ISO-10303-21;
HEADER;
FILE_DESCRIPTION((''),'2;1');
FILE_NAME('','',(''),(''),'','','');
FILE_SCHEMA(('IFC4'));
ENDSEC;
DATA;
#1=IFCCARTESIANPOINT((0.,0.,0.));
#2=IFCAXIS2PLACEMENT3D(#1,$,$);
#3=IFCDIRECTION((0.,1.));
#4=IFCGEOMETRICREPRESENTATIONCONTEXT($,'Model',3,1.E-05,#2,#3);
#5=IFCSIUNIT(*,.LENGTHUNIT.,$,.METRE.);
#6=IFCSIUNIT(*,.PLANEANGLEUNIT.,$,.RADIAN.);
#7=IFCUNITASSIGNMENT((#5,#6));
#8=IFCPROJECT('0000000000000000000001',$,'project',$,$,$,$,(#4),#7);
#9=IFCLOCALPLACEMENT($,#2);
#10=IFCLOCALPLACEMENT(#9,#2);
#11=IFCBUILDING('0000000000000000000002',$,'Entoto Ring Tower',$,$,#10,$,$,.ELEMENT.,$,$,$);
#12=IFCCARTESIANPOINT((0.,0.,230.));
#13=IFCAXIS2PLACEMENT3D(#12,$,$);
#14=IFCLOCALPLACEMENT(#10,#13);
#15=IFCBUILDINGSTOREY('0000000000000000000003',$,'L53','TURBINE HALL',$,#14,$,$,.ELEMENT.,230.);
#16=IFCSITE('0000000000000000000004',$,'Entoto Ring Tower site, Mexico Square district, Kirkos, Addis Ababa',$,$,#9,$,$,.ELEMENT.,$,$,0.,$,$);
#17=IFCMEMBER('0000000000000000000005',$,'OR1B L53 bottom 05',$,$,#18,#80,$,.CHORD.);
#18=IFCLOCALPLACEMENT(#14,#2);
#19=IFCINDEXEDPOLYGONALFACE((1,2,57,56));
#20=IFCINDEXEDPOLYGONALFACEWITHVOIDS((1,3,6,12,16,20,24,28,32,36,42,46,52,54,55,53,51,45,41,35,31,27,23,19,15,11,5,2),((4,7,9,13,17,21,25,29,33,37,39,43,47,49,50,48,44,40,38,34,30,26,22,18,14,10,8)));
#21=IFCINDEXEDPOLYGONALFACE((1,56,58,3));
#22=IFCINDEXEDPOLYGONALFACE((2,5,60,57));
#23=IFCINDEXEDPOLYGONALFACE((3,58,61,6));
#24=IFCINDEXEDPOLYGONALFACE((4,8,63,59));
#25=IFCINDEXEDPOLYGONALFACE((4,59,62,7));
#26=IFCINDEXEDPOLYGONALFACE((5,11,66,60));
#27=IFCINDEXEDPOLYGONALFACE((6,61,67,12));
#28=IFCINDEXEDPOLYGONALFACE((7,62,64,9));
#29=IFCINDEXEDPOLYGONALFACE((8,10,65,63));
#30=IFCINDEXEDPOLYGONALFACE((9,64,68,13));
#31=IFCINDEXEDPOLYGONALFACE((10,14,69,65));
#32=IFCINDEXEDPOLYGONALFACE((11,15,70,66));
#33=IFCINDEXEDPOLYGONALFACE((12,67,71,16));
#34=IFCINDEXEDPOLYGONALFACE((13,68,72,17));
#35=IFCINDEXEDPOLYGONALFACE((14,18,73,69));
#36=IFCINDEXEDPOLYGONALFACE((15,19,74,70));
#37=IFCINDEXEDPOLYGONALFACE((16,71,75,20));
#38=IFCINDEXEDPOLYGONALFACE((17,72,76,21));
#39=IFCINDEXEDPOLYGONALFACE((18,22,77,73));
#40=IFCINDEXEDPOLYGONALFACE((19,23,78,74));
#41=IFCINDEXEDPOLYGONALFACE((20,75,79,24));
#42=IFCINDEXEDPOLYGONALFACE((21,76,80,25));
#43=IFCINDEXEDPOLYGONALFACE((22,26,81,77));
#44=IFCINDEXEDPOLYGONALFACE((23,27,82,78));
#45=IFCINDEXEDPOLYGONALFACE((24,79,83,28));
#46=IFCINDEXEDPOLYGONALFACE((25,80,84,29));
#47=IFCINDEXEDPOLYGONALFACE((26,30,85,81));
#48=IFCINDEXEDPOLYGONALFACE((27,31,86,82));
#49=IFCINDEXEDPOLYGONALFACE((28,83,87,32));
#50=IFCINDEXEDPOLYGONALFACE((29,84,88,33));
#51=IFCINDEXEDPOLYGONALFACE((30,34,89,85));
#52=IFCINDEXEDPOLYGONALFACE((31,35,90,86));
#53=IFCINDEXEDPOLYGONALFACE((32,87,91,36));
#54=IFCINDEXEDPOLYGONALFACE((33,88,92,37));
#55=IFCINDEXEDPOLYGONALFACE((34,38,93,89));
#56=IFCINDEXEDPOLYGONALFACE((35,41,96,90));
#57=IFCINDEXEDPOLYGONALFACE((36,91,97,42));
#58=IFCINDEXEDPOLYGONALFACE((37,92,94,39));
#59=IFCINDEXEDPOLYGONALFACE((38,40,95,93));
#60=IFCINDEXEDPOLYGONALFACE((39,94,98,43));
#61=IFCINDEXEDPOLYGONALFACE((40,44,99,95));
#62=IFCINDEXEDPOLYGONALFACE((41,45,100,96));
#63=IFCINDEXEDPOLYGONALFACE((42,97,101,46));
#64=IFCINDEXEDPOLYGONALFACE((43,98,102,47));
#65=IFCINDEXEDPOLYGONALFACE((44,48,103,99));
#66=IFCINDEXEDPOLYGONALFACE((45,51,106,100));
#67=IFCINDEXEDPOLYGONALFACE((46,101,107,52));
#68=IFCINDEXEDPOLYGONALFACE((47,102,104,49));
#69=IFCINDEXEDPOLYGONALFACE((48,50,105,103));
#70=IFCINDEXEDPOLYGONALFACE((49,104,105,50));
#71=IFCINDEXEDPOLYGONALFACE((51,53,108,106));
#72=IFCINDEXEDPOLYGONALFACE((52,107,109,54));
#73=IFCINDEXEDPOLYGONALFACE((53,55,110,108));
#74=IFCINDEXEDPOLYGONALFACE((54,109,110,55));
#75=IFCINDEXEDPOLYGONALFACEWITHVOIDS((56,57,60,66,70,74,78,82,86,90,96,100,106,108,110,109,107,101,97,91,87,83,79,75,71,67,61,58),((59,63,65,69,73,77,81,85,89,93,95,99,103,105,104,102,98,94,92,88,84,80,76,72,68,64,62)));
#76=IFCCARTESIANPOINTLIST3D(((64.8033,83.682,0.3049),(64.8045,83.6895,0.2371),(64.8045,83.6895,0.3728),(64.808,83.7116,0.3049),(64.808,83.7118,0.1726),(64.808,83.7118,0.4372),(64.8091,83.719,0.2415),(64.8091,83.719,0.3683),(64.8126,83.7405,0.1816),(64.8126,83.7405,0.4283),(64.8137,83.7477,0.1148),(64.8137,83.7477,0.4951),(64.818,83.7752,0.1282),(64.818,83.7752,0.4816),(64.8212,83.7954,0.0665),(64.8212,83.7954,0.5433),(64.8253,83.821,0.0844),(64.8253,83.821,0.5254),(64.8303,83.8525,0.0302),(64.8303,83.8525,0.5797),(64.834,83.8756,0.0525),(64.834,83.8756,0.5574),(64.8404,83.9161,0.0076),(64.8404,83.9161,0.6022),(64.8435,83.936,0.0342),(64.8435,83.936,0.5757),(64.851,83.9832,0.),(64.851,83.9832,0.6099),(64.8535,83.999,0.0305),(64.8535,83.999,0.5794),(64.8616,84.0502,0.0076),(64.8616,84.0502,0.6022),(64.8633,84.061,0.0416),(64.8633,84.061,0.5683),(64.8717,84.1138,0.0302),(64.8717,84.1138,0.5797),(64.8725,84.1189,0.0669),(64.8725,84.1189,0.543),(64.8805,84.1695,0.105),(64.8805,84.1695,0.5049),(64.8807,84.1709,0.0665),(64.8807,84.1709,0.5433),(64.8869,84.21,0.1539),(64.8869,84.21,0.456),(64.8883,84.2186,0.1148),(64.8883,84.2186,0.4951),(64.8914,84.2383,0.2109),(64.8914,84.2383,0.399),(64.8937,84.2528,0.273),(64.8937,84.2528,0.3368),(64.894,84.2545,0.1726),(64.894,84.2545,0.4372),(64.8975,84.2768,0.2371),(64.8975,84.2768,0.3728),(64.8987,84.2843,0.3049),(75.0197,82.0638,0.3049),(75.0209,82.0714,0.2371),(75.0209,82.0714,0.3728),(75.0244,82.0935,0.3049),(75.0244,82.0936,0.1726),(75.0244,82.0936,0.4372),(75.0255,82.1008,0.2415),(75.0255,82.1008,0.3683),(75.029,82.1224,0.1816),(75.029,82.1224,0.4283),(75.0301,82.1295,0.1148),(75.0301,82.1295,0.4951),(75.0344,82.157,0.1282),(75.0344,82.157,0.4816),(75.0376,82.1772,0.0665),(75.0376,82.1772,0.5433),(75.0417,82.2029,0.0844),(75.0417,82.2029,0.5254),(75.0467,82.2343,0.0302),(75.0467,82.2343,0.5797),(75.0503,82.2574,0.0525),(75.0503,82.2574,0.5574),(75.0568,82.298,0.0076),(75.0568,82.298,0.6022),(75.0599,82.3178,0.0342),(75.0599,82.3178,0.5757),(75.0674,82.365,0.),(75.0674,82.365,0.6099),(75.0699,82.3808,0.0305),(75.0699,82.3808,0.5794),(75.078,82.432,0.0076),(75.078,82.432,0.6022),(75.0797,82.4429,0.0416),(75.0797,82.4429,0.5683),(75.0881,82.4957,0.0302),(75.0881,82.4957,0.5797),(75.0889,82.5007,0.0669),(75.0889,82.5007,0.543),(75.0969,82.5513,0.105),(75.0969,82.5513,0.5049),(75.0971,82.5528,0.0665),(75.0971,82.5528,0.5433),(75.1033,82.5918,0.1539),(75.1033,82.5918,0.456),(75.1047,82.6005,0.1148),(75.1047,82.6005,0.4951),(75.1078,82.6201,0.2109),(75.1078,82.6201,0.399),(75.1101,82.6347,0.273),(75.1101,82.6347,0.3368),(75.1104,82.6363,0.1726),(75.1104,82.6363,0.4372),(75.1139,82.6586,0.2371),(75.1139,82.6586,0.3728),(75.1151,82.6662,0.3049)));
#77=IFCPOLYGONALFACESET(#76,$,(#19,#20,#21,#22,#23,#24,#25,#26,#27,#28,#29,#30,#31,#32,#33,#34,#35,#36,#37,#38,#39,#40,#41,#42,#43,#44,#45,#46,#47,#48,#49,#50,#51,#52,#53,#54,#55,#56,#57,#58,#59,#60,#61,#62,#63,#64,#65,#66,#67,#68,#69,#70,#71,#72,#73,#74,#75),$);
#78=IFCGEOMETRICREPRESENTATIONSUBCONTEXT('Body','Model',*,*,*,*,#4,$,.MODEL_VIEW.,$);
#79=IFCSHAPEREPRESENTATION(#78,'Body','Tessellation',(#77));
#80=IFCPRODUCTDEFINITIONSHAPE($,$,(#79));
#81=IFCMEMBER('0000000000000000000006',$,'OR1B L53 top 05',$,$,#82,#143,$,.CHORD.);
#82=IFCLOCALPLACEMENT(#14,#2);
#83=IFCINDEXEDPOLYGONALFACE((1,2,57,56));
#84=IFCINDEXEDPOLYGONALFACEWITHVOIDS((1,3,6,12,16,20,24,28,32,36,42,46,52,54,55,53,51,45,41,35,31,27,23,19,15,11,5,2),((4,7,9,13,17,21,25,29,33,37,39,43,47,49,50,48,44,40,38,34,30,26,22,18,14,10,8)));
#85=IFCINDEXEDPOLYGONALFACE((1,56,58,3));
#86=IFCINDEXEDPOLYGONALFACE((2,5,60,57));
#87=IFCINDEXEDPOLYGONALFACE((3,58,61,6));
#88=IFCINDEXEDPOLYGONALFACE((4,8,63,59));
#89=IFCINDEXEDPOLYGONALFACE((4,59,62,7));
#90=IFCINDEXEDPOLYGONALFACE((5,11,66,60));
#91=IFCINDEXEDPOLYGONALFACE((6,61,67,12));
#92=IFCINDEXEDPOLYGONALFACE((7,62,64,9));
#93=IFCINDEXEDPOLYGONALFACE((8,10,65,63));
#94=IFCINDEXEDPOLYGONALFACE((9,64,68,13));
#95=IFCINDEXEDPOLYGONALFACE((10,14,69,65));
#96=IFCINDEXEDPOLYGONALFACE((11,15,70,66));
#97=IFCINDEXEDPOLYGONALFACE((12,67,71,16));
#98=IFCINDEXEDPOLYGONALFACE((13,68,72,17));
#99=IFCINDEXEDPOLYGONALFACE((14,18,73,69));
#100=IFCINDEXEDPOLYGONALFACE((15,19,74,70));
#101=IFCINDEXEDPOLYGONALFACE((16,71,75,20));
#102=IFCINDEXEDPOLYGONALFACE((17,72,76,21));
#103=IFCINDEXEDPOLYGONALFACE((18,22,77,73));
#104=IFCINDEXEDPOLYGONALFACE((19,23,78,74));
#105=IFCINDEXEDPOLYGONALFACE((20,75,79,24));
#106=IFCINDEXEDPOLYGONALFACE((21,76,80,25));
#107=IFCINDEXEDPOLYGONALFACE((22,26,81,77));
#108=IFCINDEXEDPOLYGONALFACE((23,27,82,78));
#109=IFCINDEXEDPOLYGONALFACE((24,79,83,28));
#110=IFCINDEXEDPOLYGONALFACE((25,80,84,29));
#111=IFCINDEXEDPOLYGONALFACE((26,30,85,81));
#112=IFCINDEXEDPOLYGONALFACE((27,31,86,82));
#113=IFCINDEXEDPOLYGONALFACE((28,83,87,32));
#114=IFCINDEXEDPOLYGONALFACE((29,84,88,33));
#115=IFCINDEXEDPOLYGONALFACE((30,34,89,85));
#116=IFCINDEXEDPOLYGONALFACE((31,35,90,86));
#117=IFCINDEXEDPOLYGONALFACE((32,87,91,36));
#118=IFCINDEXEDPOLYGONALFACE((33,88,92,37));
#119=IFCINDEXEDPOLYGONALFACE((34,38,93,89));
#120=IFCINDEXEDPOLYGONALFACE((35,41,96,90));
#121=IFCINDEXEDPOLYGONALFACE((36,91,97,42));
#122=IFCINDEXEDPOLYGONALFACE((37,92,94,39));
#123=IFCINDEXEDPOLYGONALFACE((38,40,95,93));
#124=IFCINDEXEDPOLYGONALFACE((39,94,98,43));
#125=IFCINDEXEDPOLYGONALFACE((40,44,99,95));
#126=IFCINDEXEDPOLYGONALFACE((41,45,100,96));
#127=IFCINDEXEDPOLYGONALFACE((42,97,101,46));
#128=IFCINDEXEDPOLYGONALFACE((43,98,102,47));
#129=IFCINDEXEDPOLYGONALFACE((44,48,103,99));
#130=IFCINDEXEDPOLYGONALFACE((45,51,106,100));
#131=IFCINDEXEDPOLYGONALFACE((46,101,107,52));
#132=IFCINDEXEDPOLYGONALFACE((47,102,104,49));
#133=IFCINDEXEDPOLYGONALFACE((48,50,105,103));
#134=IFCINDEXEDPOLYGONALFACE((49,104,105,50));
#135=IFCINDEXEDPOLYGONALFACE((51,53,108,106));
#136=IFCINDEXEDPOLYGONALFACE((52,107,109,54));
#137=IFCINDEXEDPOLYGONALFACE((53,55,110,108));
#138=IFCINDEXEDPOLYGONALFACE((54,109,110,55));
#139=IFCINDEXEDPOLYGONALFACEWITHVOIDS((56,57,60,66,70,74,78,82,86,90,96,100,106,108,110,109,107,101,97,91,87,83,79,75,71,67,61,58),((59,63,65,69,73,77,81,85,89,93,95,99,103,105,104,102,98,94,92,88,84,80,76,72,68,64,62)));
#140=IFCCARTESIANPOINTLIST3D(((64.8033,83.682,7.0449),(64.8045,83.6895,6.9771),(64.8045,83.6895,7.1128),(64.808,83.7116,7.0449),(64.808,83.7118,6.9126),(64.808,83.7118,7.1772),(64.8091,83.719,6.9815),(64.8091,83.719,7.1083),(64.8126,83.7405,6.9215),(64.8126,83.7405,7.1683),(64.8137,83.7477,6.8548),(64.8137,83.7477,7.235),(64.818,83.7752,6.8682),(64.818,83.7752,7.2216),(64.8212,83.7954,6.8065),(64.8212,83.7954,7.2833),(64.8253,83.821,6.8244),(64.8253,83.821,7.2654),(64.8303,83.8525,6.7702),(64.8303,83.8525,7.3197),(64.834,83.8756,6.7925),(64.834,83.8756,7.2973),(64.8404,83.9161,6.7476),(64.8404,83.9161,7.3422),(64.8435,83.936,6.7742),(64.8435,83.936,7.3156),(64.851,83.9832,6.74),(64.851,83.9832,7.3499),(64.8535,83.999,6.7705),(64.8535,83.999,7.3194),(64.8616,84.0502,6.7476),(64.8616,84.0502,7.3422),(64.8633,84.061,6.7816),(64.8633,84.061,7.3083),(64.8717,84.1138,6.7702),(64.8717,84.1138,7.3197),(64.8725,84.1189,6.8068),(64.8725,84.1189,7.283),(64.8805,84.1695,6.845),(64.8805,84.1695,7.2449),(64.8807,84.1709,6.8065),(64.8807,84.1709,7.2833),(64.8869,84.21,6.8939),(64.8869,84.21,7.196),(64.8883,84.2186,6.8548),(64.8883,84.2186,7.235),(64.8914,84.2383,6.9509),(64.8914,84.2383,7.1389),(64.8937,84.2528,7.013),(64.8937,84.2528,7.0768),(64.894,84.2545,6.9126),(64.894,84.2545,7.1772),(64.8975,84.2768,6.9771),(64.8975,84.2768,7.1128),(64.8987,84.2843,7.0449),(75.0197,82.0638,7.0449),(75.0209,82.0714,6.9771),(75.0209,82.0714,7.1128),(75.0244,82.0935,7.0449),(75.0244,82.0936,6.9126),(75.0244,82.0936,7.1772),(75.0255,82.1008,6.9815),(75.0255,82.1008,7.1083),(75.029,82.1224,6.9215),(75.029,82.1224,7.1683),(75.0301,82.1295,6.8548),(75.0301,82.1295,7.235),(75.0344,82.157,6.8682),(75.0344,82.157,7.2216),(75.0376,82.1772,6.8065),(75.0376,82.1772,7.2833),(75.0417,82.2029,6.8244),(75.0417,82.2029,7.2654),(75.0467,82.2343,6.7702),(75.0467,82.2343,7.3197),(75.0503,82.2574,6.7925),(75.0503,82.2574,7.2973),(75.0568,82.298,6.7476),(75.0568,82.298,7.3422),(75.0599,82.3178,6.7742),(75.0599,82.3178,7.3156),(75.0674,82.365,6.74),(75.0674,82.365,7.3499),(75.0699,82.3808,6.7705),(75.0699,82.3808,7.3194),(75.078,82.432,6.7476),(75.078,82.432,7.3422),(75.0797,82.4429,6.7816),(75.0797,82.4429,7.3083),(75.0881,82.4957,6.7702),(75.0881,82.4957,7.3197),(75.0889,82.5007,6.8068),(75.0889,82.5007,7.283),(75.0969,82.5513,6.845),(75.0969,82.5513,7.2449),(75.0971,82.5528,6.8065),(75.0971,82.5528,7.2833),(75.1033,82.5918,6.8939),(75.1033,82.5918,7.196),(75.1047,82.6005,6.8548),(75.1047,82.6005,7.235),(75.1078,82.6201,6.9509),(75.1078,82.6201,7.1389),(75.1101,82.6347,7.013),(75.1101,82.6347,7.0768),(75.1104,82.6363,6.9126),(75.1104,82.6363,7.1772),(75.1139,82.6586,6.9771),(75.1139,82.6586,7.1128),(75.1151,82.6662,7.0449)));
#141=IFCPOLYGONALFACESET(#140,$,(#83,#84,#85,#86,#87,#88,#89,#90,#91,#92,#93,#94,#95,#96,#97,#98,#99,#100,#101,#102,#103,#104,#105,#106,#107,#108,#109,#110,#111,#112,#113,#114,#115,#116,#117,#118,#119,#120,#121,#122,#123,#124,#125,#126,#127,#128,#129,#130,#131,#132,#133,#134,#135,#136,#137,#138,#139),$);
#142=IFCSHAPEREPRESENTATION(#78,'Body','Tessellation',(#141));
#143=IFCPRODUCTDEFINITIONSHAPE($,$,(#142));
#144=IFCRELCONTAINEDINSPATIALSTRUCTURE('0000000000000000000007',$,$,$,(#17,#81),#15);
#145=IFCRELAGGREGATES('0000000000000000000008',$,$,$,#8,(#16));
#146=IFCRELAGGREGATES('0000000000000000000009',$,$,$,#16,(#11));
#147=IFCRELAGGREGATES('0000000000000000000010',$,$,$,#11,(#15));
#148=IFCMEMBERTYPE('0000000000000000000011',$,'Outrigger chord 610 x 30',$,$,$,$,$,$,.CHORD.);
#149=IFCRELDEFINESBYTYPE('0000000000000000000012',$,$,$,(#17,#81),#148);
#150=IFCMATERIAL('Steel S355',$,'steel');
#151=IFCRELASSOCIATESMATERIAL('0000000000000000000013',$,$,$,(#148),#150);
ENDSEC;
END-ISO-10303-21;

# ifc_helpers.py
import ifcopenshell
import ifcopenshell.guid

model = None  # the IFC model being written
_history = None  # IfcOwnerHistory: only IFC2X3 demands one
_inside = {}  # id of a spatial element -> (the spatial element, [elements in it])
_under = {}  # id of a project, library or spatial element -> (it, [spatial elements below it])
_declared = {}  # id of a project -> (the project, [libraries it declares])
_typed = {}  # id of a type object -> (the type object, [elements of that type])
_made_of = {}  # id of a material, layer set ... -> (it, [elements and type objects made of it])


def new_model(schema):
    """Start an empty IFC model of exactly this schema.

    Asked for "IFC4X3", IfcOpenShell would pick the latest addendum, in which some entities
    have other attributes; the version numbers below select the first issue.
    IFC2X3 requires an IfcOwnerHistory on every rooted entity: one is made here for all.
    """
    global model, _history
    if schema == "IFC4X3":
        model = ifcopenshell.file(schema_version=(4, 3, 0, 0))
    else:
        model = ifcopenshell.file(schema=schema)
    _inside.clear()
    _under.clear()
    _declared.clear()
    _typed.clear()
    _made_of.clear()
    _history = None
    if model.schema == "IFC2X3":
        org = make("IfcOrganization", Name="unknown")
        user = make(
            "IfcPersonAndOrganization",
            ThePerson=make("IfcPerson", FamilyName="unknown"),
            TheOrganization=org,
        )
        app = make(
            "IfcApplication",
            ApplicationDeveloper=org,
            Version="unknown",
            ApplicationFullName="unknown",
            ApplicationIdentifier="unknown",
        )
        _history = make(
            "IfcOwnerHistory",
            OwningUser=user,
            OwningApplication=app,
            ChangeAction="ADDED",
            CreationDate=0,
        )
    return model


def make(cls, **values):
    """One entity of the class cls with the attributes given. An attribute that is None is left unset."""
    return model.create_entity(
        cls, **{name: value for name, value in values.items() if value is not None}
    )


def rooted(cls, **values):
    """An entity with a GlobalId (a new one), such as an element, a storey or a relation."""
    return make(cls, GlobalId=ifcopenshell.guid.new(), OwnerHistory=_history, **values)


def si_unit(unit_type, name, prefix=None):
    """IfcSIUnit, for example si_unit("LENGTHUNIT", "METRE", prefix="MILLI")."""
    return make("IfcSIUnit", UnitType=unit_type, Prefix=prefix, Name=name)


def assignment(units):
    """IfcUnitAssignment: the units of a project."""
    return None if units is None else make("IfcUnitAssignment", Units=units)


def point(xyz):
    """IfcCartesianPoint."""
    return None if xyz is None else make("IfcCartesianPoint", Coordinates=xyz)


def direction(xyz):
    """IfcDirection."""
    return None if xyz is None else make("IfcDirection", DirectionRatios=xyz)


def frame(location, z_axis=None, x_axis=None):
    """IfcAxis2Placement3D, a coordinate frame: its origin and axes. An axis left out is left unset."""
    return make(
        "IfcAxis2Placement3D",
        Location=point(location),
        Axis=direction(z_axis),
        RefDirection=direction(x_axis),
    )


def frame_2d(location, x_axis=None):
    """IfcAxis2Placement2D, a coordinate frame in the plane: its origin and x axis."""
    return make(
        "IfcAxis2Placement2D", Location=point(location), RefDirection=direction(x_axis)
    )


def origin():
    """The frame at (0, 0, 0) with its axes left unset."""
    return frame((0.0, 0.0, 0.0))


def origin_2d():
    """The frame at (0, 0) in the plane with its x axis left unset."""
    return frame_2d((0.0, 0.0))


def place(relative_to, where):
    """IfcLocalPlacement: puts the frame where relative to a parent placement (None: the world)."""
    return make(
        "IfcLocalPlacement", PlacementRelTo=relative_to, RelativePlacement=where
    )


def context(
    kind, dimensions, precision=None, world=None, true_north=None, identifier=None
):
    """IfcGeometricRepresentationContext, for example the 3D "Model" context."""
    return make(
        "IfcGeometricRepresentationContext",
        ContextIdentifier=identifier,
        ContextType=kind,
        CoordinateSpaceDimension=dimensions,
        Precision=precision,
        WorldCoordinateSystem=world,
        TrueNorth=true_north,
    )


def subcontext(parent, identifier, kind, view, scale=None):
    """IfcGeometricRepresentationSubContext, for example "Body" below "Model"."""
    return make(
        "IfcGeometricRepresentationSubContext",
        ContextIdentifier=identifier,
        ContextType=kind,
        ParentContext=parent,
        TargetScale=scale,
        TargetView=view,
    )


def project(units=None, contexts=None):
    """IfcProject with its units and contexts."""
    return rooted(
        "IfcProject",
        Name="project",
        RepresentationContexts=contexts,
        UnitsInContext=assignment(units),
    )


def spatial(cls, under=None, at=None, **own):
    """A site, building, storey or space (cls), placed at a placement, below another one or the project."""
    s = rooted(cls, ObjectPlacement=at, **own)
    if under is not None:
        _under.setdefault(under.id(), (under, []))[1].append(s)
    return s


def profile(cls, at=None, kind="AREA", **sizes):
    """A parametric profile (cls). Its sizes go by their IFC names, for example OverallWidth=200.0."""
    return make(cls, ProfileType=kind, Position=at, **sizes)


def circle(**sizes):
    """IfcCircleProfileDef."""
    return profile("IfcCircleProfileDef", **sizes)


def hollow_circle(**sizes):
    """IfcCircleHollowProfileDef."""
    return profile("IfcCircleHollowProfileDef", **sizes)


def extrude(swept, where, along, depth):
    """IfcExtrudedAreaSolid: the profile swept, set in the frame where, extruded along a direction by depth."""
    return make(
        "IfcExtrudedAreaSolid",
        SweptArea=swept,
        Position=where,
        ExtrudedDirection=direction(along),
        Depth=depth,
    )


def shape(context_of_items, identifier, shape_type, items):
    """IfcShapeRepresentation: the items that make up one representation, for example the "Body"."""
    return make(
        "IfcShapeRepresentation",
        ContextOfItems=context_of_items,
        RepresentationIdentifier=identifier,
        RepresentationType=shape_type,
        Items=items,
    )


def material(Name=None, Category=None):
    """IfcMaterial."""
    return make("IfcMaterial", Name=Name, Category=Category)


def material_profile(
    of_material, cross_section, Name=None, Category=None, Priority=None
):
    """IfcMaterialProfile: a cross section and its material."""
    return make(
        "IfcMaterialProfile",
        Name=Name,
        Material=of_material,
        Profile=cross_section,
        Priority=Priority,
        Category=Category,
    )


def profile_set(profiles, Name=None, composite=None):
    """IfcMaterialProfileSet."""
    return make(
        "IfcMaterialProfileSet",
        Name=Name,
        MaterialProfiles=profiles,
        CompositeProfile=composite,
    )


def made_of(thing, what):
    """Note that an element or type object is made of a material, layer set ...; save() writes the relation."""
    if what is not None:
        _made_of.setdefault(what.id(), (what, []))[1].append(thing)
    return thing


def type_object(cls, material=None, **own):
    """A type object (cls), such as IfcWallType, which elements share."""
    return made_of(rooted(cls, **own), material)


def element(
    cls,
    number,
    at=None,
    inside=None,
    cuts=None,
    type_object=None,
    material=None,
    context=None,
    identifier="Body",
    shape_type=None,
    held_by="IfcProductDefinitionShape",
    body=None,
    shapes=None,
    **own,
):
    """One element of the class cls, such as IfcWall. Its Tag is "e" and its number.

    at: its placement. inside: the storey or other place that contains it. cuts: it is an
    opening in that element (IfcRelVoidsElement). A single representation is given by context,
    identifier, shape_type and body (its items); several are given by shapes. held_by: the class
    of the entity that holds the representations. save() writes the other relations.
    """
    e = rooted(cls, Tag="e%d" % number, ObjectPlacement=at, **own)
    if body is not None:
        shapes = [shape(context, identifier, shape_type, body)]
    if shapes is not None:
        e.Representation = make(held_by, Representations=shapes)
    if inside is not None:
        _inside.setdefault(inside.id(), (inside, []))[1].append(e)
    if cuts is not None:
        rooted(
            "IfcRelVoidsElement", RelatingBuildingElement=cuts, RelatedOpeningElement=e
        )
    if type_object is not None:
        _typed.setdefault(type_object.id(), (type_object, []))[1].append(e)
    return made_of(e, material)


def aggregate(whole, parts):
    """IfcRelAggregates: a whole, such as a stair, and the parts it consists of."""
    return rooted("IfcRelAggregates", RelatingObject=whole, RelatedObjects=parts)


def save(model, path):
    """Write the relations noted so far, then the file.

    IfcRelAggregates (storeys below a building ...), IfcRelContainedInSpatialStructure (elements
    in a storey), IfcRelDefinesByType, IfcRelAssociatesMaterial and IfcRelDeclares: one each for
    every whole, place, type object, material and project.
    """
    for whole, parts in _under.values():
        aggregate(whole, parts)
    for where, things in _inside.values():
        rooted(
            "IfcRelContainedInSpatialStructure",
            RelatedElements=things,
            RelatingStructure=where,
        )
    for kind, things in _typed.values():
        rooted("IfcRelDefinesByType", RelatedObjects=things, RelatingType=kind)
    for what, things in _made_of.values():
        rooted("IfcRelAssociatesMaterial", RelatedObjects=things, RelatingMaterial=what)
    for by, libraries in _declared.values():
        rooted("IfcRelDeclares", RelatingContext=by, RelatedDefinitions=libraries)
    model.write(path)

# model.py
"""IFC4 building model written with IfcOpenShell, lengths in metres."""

from ifc_helpers import new_model, si_unit, direction, frame, origin, origin_2d, place, context, subcontext, project, spatial, circle, hollow_circle, extrude, material, material_profile, profile_set, type_object, element, save


model = new_model("IFC4")

# Units and contexts
model_context = context("Model", 3, precision=1e-05, world=origin(), true_north=direction((0.0, 1.0)))
body_context = subcontext(model_context, "Body", "Model", "MODEL_VIEW")
ifc_project = project(units=[si_unit("LENGTHUNIT", "METRE"), si_unit("PLANEANGLEUNIT", "RADIAN")], contexts=[model_context])

# Site, building, storey
site_placement = place(None, origin())
site = spatial("IfcSite", under=ifc_project, at=site_placement, Name="Entoto Ring Tower site, Mexico Square district, Kirkos, Addis Ababa", CompositionType="ELEMENT", RefElevation=0.0)
building_placement = place(site_placement, origin())
building = spatial("IfcBuilding", under=site, at=building_placement, Name="Entoto Ring Tower", CompositionType="ELEMENT")
storey_placement = place(building_placement, frame((0.0, 0.0, 230.0)))
storey = spatial("IfcBuildingStorey", under=building, at=storey_placement, Name="L53", Description="TURBINE HALL", CompositionType="ELEMENT", Elevation=230.0)

# Members
ifc_material_1 = material(Name="Steel S355", Category="steel")
ifc_material_profile_1 = material_profile(ifc_material_1, hollow_circle(Radius=0.3049, WallThickness=0.03, at=origin_2d()), Name="CHS 610 x 30")
ifc_material_2 = material(Name="Concrete C60/75", Category="concrete")
ifc_material_profile_2 = material_profile(ifc_material_2, circle(Radius=0.2749, at=origin_2d()), Name="Concrete C60/75 infill")
ifc_profile_set_1 = profile_set([ifc_material_profile_1, ifc_material_profile_2], Name="Steel S355")
member_type_1 = type_object("IfcMemberType", Name="Outrigger chord 610 x 30", PredefinedType="CHORD", material=ifc_profile_set_1)
for number, where, z_axis, x_axis, name in (
    (1, (75.0674, 82.365, 0.3049), (-0.987687, 0.15644, 0.0), (-0.15644, -0.987687, 0.0), "OR1B L53 bottom 05"),
    (2, (75.0674, 82.365, 7.0449), (-0.987687, 0.15644, 0.0), (-0.15644, -0.987687, 0.0), "OR1B L53 top 05"),
):
    element("IfcMember", number, at=place(storey_placement, frame(where, z_axis=z_axis, x_axis=x_axis)), inside=storey, type_object=member_type_1, Name=name, PredefinedType="CHORD", context=body_context, shape_type="SweptSolid", body=[
        extrude(hollow_circle(Radius=0.3049, WallThickness=0.03, at=origin_2d()), origin(), (0.0, 0.0, 1.0), 10.3438),
    ])

save(model, "model.ifc")
